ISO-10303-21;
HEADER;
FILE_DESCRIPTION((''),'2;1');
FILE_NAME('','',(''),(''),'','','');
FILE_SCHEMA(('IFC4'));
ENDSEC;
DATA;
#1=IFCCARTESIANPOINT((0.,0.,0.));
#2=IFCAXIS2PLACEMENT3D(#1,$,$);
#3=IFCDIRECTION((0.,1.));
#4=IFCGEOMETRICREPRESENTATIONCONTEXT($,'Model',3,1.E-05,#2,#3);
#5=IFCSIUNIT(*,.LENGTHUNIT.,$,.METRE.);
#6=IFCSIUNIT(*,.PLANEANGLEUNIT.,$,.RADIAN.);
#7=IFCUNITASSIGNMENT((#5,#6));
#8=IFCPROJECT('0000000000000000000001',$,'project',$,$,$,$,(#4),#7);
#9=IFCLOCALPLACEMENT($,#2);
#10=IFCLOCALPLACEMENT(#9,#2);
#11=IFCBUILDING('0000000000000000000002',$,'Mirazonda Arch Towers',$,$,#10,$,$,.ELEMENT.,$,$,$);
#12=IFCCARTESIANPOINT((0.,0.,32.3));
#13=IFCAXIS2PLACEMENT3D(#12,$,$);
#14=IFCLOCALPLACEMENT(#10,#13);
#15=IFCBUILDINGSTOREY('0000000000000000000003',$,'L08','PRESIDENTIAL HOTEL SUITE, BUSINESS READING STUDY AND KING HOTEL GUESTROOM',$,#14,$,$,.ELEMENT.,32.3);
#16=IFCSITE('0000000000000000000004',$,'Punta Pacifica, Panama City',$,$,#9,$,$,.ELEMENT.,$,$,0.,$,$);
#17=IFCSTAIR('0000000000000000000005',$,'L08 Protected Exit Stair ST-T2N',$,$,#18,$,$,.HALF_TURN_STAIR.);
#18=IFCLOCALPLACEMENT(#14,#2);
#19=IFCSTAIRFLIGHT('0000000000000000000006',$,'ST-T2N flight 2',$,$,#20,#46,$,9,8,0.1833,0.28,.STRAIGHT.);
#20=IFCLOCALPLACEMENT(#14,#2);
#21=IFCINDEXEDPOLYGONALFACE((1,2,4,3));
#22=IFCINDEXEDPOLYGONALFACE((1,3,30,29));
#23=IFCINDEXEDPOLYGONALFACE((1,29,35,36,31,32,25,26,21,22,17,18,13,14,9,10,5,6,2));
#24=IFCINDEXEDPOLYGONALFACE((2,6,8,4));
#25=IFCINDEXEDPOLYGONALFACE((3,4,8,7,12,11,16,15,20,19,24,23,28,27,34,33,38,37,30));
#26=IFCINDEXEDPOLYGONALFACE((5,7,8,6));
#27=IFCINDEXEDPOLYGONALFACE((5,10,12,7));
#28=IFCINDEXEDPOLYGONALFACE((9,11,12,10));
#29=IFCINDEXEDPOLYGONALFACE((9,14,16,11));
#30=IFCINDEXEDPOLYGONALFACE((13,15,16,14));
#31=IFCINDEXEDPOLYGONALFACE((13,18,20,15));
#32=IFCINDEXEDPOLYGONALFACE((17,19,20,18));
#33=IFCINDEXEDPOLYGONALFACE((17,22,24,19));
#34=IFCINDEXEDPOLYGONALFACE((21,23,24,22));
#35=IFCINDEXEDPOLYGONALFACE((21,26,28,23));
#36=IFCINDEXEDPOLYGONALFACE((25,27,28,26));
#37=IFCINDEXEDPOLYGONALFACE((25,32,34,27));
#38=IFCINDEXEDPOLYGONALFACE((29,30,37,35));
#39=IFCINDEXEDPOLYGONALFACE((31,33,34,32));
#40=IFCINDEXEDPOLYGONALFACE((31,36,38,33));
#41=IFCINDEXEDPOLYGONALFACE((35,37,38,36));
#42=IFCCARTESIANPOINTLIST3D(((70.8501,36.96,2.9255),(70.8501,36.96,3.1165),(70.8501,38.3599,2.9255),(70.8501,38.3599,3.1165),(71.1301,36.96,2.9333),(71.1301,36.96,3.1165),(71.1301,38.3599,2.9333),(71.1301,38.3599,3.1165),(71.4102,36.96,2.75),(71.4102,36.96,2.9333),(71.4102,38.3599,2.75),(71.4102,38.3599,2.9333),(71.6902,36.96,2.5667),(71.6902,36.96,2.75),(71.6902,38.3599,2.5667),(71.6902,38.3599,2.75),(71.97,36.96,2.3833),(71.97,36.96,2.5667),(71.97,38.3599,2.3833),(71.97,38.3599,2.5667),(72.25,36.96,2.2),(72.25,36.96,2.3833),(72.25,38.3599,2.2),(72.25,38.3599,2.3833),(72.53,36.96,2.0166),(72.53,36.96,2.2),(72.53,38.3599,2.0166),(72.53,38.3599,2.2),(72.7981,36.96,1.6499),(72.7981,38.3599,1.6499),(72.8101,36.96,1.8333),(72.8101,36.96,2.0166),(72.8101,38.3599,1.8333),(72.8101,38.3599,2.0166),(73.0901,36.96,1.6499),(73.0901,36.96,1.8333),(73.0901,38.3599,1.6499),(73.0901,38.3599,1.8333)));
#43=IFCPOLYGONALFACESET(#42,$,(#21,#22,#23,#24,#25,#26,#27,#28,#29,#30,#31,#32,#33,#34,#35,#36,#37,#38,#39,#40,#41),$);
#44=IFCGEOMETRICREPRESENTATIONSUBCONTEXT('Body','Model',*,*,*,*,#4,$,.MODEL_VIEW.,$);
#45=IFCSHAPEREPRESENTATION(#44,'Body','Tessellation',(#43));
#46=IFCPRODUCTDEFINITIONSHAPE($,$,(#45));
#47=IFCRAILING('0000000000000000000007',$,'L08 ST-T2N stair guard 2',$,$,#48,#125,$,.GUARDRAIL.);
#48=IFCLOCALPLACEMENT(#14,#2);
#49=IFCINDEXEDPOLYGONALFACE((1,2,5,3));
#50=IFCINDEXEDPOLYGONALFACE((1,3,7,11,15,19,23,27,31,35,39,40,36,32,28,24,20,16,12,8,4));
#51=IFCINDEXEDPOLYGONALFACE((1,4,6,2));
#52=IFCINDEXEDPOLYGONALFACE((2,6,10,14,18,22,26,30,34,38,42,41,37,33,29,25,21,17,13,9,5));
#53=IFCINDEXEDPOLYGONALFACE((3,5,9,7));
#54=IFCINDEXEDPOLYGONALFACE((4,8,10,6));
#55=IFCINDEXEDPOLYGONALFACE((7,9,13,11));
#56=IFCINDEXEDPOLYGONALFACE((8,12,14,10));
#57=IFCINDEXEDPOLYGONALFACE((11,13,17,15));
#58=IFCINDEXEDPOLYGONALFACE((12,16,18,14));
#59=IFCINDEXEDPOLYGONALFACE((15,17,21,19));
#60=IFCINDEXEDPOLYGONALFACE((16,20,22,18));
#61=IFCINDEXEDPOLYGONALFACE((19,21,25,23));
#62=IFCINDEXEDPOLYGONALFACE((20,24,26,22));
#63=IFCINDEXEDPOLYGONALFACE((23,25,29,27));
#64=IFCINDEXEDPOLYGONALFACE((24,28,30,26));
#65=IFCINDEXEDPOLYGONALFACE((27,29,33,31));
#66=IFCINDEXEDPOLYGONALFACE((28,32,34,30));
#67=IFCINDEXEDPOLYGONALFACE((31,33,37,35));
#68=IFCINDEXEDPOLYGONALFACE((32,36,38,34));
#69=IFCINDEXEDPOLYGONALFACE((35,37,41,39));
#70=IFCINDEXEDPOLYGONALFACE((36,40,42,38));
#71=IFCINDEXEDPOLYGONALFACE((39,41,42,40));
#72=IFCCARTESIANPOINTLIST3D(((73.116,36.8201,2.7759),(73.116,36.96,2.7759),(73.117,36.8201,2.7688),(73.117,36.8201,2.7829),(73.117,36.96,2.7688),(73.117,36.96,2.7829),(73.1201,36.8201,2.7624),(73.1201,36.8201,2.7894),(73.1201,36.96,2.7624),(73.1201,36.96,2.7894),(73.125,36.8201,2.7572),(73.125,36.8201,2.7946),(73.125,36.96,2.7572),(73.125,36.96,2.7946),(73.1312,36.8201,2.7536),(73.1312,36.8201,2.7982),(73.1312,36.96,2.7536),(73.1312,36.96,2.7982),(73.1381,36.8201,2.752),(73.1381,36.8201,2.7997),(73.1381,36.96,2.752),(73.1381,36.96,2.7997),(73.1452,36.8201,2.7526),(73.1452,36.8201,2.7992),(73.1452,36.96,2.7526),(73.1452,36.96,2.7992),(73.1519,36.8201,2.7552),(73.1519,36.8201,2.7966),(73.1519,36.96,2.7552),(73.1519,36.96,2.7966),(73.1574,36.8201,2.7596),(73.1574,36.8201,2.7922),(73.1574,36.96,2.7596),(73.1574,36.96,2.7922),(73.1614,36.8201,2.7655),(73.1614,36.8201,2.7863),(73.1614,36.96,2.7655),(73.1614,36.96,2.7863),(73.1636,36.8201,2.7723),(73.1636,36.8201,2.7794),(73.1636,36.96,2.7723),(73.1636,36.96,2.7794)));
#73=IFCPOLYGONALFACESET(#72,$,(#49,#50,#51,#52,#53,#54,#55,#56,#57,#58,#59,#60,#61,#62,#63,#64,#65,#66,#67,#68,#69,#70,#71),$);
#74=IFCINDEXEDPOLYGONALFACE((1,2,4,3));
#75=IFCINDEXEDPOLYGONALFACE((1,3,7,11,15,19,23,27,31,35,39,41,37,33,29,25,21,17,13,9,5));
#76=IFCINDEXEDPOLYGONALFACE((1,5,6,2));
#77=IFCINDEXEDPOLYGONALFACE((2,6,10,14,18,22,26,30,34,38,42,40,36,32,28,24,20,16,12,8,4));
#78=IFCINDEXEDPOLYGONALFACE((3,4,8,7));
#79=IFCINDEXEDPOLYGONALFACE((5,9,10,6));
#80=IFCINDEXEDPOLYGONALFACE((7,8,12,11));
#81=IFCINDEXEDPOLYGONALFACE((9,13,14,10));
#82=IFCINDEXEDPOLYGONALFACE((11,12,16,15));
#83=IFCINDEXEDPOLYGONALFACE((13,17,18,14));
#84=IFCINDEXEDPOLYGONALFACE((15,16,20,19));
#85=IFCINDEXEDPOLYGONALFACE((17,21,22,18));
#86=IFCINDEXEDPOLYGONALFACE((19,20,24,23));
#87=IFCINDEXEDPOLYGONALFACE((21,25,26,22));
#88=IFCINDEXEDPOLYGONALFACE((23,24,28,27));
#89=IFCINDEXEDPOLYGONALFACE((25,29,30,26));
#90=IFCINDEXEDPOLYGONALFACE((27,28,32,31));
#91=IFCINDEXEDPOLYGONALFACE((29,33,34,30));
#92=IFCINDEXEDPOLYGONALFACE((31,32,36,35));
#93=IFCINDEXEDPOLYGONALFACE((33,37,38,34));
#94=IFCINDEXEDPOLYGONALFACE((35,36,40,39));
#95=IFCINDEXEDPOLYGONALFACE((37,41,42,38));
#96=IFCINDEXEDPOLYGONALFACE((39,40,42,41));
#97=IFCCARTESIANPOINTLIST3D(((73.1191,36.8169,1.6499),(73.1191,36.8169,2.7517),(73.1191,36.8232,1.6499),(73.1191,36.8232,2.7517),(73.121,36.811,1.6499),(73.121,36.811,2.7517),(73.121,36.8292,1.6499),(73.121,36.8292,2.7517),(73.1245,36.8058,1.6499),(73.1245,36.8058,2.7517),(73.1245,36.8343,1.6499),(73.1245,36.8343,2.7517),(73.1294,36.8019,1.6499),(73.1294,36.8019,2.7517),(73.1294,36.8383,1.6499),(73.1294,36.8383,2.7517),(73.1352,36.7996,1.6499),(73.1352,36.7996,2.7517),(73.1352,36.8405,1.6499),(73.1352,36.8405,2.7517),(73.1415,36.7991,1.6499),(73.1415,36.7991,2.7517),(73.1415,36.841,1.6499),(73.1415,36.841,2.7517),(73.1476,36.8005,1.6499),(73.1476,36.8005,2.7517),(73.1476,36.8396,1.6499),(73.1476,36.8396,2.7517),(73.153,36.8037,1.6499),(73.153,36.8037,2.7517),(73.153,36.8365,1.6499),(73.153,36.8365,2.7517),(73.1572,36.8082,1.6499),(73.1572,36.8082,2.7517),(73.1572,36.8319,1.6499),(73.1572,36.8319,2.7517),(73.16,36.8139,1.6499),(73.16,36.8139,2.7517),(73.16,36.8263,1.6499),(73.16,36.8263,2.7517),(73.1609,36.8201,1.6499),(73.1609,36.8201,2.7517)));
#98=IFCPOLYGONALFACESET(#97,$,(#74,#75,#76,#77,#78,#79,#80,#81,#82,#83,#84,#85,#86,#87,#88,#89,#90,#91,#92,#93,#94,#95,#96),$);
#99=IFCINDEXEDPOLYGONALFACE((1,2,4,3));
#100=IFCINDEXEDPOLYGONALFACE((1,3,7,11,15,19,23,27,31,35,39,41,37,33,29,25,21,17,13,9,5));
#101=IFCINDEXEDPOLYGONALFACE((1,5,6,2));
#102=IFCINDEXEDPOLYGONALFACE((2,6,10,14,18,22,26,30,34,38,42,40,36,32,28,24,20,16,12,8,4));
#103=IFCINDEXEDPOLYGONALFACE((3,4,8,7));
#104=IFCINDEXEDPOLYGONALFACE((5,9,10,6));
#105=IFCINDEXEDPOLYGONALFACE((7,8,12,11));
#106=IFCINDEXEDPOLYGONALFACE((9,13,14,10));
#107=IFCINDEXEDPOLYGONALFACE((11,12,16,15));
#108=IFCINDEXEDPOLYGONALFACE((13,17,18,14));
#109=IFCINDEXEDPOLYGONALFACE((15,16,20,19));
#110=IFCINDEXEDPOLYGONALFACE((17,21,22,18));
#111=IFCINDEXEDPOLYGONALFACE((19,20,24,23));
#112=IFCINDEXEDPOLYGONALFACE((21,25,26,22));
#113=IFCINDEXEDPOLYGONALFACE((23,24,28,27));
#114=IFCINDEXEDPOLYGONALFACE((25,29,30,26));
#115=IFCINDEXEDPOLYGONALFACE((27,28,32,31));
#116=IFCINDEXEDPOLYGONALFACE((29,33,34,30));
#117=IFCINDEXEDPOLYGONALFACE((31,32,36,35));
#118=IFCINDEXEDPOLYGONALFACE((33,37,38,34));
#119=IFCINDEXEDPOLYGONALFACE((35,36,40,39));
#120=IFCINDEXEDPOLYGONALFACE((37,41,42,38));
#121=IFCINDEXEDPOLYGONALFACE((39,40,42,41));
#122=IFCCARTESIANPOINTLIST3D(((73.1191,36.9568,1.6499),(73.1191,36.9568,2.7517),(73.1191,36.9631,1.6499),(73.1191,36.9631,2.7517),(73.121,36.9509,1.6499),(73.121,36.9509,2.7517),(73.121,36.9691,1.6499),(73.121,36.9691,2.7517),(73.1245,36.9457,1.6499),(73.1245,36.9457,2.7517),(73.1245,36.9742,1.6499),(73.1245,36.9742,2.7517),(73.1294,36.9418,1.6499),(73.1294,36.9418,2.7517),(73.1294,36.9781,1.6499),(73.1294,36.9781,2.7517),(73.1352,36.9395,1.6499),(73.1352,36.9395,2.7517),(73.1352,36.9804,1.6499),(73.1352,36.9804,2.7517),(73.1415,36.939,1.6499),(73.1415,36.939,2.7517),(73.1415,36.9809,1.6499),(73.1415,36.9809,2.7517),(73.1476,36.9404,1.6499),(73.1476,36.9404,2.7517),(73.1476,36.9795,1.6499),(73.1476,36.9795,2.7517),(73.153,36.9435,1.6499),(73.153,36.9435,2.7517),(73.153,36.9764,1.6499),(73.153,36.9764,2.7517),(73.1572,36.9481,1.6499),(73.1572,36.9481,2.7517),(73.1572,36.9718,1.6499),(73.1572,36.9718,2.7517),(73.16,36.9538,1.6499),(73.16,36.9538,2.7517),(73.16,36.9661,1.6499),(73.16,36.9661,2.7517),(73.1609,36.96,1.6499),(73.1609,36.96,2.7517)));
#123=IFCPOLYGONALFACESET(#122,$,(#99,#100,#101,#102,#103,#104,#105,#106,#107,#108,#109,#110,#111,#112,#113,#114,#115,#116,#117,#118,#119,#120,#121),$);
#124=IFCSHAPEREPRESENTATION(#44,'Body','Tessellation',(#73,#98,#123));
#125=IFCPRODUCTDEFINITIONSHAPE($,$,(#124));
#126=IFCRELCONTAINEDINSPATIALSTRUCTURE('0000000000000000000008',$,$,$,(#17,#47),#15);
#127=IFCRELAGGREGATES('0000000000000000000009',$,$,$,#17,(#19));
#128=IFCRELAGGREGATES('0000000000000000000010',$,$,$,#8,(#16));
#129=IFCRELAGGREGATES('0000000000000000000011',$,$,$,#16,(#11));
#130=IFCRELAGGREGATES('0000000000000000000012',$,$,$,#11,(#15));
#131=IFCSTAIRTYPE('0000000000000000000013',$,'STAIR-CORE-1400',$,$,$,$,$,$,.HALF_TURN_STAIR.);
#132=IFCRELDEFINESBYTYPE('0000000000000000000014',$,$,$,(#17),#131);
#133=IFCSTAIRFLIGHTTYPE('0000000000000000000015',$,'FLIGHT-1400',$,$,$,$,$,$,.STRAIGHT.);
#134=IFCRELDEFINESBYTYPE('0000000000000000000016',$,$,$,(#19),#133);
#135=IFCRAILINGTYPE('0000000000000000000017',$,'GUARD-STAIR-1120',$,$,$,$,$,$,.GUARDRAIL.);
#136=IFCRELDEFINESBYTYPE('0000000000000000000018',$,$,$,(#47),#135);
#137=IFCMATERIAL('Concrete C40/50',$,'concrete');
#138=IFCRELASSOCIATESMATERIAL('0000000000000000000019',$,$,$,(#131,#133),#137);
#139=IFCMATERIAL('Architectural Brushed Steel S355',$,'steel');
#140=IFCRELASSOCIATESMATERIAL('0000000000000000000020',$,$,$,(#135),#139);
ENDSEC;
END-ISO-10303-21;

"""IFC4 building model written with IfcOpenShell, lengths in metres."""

from ifc_helpers import new_model, si_unit, direction, frame, origin, origin_2d, place, context, subcontext, project, spatial, polyline, circle, outline, extrude, material, type_object, element, aggregate, save


model = new_model("IFC4")

# Units and contexts
model_context = context("Model", 3, precision=1e-05, world=origin(), true_north=direction((0.0, 1.0)))
body_context = subcontext(model_context, "Body", "Model", "MODEL_VIEW")
ifc_project = project(units=[si_unit("LENGTHUNIT", "METRE"), si_unit("PLANEANGLEUNIT", "RADIAN")], contexts=[model_context])

# Site, building, storey
site_placement = place(None, origin())
site = spatial("IfcSite", under=ifc_project, at=site_placement, Name="Punta Pacifica, Panama City", CompositionType="ELEMENT", RefElevation=0.0)
building_placement = place(site_placement, origin())
building = spatial("IfcBuilding", under=site, at=building_placement, Name="Mirazonda Arch Towers", CompositionType="ELEMENT")
storey_placement = place(building_placement, frame((0.0, 0.0, 32.3)))
storey = spatial("IfcBuildingStorey", under=building, at=storey_placement, Name="L08", Description="PRESIDENTIAL HOTEL SUITE, BUSINESS READING STUDY AND KING HOTEL GUESTROOM", CompositionType="ELEMENT", Elevation=32.3)

# Shared definitions
ifc_material_1 = material(Name="Concrete C40/50", Category="concrete")

# Stair, stair flight
stair_type = type_object("IfcStairType", Name="STAIR-CORE-1400", PredefinedType="HALF_TURN_STAIR", material=ifc_material_1)
stair_placement = place(storey_placement, origin())
stair = element("IfcStair", 1, at=stair_placement, inside=storey, type_object=stair_type, Name="L08 Protected Exit Stair ST-T2N", PredefinedType="HALF_TURN_STAIR")
stair_flight_type = type_object("IfcStairFlightType", Name="FLIGHT-1400", PredefinedType="STRAIGHT", material=ifc_material_1)
stair_flight_placement = place(storey_placement, frame((73.0901, 37.6599, 1.6499), z_axis=(0.0, 0.0, 1.0), x_axis=(-1.0, 0.0, 0.0)))
stair_flight = element("IfcStairFlight", 2, at=stair_flight_placement, type_object=stair_flight_type, Name="ST-T2N flight 2", NumberOfRisers=9, NumberOfTreads=8, PredefinedType="STRAIGHT", RiserHeight=0.1833, TreadLength=0.28, context=body_context, shape_type="SweptSolid", body=[
    extrude(outline(polyline([(0.0, 0.0), (0.0, 0.1833), (0.28, 0.1833), (0.28, 0.3667), (0.5601, 0.3667), (0.5601, 0.55), (0.8401, 0.55), (0.8401, 0.7334), (1.1201, 0.7334), (1.1201, 0.9167), (1.3999, 0.9167), (1.3999, 1.1001), (1.6799, 1.1001), (1.6799, 1.2834), (1.96, 1.2834), (1.96, 1.4666), (2.24, 1.4666), (2.24, 1.6499), (2.24, 1.2756), (0.292, 0.0), (0.0, 0.0)])), frame((0.0, 0.7, 0.0), z_axis=(0.0, -1.0, 0.0), x_axis=(1.0, 0.0, 0.0)), (0.0, 0.0, 1.0), 1.3999),
])
aggregate(stair, [stair_flight])

# Railing
ifc_material_2 = material(Name="Architectural Brushed Steel S355", Category="steel")
railing_type_1 = type_object("IfcRailingType", Name="GUARD-STAIR-1120", PredefinedType="GUARDRAIL", material=ifc_material_2)
railing_1_placement = place(storey_placement, frame((73.1399, 36.8201, 1.6499)))
element("IfcRailing", 3, at=railing_1_placement, inside=storey, type_object=railing_type_1, Name="L08 ST-T2N stair guard 2", PredefinedType="GUARDRAIL", context=body_context, shape_type="SweptSolid", body=[
    extrude(circle(Radius=0.0239, at=origin_2d()), frame((0.0, 0.0, 1.126), z_axis=(0.0, 1.0, 0.0), x_axis=(-1.0, 0.0, 0.0)), (0.0, 0.0, 1.0), 0.1399),
    extrude(circle(Radius=0.021, at=origin_2d()), origin(), (0.0, 0.0, 1.0), 1.1018),
    extrude(circle(Radius=0.021, at=origin_2d()), frame((0.0, 0.1399, 0.0)), (0.0, 0.0, 1.0), 1.1018),
])

save(model, "model.ifc")
